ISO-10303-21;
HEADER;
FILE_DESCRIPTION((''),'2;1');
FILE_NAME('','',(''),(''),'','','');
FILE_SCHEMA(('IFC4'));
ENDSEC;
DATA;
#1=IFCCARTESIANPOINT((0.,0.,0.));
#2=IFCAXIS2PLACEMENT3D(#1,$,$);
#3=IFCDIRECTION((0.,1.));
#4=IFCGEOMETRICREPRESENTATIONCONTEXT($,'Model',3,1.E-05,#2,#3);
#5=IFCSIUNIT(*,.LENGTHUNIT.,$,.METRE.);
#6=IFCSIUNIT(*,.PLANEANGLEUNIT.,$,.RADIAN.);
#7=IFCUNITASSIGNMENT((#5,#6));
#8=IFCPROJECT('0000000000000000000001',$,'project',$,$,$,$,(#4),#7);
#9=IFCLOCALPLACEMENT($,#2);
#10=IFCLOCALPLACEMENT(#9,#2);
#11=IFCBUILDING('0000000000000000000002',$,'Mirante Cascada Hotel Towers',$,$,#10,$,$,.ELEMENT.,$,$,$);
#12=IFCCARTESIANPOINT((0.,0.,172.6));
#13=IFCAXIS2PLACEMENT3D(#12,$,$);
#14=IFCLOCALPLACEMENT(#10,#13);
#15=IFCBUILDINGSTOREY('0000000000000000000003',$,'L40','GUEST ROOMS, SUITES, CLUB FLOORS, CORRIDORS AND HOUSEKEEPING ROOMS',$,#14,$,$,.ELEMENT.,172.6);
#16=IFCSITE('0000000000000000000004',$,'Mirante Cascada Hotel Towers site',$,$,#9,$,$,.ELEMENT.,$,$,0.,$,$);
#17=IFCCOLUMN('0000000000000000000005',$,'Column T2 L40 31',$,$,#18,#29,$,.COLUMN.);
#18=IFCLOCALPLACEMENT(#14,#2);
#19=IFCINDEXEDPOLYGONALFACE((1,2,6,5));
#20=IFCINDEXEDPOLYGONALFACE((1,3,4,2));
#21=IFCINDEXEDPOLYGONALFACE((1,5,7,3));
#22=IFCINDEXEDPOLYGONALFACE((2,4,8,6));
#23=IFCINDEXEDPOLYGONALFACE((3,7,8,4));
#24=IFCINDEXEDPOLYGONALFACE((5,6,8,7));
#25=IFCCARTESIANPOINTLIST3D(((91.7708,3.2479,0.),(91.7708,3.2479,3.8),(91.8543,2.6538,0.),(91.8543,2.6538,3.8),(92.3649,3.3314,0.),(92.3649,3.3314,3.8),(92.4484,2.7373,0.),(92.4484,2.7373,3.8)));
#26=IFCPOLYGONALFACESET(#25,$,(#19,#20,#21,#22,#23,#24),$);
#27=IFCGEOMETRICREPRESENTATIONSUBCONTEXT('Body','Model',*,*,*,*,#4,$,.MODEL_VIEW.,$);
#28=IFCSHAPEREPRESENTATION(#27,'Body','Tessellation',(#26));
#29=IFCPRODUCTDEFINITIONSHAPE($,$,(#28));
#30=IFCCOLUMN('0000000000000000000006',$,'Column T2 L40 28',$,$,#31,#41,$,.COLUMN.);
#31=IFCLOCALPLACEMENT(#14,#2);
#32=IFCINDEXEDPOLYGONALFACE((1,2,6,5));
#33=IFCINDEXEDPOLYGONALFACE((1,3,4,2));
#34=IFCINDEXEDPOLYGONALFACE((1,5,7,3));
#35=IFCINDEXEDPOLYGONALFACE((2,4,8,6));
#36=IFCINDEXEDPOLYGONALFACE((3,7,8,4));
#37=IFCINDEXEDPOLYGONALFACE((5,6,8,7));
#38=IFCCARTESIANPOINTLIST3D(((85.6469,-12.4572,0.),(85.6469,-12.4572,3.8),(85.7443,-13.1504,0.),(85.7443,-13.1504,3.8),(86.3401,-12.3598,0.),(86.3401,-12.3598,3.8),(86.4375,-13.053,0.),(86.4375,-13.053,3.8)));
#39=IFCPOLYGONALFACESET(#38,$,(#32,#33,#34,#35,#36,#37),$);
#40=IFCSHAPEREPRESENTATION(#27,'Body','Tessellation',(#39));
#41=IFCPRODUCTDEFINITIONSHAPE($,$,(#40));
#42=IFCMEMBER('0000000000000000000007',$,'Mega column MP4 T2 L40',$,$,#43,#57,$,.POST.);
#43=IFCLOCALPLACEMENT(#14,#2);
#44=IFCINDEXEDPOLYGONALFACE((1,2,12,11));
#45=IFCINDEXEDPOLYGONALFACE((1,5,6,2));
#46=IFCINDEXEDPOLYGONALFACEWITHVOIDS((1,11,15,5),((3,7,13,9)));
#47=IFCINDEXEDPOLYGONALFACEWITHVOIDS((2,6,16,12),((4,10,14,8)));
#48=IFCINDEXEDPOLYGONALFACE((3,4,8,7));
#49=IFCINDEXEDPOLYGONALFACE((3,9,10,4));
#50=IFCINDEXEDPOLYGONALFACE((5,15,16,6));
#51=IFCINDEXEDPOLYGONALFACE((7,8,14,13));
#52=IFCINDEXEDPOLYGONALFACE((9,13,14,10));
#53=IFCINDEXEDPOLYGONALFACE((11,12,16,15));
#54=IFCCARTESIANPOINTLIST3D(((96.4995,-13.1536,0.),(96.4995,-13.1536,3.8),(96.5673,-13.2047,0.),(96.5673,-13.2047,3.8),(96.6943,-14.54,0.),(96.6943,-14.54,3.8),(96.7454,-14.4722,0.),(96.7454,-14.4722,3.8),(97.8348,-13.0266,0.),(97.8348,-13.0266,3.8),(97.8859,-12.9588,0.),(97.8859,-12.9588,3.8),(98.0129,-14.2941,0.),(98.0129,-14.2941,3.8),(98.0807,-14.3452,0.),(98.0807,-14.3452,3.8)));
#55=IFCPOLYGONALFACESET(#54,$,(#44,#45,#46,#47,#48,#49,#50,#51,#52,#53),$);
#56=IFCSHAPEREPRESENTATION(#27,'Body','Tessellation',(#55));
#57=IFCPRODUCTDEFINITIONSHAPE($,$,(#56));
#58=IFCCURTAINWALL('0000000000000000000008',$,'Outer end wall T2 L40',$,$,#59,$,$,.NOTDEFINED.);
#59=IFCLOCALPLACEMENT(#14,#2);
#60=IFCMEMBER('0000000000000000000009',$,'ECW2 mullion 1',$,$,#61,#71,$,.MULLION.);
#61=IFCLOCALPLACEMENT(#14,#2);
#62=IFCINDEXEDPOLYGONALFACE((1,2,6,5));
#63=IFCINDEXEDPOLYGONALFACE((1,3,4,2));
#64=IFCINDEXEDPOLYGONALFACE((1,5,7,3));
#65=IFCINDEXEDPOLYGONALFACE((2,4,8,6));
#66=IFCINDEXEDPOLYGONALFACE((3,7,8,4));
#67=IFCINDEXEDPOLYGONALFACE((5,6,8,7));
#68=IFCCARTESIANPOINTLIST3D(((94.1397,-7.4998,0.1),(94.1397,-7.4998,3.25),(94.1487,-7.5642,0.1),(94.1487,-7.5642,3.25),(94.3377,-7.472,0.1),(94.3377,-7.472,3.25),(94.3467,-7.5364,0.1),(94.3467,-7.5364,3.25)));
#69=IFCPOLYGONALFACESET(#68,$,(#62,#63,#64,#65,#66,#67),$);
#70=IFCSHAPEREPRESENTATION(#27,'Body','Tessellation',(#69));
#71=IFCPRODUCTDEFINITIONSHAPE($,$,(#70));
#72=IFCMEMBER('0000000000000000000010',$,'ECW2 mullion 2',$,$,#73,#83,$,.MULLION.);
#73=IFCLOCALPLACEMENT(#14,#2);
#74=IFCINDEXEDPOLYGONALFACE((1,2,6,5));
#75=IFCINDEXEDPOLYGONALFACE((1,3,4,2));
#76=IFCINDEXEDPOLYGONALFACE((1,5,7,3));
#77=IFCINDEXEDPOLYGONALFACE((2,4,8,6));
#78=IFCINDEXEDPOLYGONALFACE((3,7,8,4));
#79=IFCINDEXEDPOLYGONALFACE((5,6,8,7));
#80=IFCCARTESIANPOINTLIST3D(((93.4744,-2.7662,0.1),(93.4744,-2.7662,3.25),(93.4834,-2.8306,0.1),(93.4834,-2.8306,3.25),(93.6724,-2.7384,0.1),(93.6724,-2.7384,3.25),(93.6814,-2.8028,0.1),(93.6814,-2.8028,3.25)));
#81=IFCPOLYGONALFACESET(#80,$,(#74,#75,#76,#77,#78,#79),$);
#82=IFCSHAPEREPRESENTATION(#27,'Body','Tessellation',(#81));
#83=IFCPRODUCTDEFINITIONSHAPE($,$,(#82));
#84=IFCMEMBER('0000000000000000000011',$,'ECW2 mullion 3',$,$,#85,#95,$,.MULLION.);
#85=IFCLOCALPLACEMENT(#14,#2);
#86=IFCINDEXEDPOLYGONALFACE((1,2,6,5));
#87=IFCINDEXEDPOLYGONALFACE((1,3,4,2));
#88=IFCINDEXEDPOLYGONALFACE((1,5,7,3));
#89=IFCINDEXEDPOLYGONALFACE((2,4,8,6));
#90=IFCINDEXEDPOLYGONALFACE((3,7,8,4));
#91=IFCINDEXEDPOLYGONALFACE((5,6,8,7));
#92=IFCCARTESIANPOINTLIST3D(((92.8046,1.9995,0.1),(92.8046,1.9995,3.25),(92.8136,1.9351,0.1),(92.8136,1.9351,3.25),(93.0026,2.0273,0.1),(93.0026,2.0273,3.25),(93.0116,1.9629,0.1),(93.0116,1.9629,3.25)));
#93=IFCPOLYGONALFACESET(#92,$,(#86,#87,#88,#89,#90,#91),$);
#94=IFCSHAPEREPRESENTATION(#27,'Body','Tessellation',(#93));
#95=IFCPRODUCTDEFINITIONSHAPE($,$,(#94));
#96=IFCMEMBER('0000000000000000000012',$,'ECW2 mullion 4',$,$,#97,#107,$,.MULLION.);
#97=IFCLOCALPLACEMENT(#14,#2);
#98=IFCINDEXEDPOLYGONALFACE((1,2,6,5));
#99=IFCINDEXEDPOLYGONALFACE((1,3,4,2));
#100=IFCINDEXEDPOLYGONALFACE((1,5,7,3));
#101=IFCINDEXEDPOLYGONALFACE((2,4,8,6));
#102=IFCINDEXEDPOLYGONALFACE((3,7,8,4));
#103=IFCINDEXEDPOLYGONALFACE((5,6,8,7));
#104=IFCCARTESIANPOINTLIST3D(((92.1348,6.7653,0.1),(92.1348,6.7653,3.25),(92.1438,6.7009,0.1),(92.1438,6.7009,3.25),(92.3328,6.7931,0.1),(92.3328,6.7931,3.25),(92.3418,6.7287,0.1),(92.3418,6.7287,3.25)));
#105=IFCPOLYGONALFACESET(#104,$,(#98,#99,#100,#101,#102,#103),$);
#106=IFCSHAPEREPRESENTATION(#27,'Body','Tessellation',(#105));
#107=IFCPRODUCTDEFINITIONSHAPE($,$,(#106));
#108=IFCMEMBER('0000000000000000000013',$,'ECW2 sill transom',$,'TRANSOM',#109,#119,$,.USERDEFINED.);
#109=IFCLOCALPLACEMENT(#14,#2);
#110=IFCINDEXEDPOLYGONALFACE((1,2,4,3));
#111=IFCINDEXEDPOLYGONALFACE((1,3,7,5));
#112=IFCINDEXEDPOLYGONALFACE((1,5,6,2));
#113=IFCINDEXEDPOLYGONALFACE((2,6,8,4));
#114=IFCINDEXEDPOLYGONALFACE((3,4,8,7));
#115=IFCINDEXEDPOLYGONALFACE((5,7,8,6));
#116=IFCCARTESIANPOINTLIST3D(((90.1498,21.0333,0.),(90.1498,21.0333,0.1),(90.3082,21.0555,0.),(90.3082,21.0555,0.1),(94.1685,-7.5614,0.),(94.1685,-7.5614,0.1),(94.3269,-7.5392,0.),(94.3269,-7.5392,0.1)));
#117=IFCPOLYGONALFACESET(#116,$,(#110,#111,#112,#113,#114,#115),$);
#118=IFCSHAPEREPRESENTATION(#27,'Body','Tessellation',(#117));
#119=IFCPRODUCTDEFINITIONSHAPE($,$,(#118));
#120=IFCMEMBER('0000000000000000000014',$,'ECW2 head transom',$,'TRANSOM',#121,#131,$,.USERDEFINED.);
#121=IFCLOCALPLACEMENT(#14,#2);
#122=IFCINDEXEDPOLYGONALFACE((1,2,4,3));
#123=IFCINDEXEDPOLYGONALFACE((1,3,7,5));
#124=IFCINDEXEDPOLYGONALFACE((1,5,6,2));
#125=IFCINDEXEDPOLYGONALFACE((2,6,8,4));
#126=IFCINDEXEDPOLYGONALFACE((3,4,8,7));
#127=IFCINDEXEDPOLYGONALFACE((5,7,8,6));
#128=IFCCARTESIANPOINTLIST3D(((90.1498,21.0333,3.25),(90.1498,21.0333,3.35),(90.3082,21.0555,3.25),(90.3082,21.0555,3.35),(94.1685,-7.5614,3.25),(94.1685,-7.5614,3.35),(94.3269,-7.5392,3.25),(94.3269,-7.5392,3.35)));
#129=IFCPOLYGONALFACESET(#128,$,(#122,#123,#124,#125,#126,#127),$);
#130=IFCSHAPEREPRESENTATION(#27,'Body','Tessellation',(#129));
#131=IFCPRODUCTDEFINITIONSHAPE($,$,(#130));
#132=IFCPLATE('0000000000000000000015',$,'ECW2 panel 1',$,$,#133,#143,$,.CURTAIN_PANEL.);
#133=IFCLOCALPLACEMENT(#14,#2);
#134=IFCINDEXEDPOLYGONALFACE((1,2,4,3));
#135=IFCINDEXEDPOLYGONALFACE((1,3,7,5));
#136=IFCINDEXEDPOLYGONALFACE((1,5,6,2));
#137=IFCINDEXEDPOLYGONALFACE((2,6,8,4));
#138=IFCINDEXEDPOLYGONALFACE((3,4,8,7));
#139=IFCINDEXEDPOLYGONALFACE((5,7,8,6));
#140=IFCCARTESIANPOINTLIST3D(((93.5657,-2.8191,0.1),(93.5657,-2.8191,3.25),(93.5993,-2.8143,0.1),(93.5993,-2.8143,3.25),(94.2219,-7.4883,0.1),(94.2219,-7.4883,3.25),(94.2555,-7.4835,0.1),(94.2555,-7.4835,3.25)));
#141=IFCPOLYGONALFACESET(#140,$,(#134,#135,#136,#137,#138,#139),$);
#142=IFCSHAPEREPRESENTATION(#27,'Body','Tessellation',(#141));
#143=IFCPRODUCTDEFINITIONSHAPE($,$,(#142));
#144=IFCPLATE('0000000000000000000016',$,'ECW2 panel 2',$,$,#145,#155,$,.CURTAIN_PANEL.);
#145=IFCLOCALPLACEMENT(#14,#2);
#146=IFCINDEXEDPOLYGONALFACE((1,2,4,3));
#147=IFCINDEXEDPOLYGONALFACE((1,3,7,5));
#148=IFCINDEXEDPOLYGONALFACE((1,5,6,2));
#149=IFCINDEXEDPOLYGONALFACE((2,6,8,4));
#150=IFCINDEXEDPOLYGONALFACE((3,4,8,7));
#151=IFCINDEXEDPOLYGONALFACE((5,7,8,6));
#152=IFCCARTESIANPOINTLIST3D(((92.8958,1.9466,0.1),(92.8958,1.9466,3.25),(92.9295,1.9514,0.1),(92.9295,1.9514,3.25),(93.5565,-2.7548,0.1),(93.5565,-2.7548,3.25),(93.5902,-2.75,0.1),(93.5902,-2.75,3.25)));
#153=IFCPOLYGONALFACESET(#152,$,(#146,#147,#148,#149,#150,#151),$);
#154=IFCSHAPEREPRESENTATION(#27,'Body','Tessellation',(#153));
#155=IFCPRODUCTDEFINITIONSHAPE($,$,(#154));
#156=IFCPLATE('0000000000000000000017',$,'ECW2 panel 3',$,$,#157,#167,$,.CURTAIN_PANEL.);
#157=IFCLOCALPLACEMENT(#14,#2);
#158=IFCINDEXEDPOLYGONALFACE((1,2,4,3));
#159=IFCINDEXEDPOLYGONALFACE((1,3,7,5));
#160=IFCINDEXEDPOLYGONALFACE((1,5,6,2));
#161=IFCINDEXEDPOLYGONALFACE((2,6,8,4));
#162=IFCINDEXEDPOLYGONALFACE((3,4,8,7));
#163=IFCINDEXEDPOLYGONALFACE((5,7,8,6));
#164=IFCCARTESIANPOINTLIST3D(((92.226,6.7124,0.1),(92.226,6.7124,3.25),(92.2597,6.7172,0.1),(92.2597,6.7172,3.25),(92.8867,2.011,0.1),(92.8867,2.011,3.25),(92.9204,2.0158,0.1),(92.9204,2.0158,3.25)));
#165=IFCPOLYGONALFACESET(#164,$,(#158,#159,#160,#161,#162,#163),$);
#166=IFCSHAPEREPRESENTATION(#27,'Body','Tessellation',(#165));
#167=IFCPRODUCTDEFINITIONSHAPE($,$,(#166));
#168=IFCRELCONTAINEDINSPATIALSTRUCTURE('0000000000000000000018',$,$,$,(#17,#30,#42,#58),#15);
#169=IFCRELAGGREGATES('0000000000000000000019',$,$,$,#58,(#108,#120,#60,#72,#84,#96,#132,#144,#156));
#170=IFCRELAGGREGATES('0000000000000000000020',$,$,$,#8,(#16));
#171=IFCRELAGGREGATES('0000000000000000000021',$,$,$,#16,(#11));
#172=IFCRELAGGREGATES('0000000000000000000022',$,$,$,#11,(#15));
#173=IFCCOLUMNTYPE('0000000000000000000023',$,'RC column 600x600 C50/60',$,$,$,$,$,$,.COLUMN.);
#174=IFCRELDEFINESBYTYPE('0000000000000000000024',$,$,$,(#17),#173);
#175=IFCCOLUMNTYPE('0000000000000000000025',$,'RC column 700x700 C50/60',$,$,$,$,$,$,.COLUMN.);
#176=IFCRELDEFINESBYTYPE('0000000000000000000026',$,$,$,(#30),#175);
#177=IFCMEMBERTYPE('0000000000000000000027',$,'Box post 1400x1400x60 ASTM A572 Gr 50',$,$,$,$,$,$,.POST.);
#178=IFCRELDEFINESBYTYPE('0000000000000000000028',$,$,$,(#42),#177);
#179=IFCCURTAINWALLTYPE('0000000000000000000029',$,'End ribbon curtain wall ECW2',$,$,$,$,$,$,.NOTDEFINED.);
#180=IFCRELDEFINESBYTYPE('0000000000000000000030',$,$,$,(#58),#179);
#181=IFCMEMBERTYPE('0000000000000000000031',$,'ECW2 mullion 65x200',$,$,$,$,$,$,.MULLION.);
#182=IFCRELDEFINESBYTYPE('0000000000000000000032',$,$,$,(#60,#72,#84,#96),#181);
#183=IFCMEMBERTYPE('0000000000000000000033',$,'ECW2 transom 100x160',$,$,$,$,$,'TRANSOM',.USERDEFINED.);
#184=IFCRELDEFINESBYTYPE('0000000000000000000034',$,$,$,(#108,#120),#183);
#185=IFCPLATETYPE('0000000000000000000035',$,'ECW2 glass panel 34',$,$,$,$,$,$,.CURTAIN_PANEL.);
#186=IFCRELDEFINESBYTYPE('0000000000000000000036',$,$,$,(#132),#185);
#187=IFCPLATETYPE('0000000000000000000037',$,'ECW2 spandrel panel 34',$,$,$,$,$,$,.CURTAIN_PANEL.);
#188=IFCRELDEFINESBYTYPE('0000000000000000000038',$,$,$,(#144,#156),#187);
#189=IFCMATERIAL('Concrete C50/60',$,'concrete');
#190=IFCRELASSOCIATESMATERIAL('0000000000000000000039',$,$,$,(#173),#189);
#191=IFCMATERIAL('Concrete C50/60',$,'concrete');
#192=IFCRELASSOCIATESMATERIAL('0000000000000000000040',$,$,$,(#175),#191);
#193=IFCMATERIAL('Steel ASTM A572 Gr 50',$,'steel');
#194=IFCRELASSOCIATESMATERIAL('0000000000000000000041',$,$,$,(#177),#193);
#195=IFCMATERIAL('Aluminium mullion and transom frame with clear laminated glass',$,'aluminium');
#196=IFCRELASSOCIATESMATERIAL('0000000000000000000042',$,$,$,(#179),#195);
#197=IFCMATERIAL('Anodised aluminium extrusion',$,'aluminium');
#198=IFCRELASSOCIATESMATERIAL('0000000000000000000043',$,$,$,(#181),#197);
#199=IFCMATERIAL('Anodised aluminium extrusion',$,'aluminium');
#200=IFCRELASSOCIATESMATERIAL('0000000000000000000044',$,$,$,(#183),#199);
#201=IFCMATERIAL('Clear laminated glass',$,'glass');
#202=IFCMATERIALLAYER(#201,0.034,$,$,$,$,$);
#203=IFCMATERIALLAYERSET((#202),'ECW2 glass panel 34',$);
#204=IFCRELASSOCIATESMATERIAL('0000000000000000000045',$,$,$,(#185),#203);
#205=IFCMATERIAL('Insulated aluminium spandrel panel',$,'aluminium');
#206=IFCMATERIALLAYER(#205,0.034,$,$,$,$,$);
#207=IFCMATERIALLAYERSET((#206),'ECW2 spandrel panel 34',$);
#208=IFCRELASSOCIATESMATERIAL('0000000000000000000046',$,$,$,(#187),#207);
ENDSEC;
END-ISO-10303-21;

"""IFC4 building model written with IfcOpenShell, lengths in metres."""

from ifc_helpers import new_model, si_unit, direction, frame, origin, origin_2d, place, context, subcontext, project, spatial, rectangle, hollow_rectangle, extrude, material, layer, layer_set, material_profile, profile_set, type_object, element, aggregate, save


model = new_model("IFC4")

# Units and contexts
model_context = context("Model", 3, precision=1e-05, world=origin(), true_north=direction((0.0, 1.0)))
body_context = subcontext(model_context, "Body", "Model", "MODEL_VIEW")
ifc_project = project(units=[si_unit("LENGTHUNIT", "METRE"), si_unit("PLANEANGLEUNIT", "RADIAN")], contexts=[model_context])

# Site, building, storey
site_placement = place(None, origin())
site = spatial("IfcSite", under=ifc_project, at=site_placement, Name="Mirante Cascada Hotel Towers site", CompositionType="ELEMENT", RefElevation=0.0)
building_placement = place(site_placement, origin())
building = spatial("IfcBuilding", under=site, at=building_placement, Name="Mirante Cascada Hotel Towers", CompositionType="ELEMENT")
storey_placement = place(building_placement, frame((0.0, 0.0, 172.6)))
storey = spatial("IfcBuildingStorey", under=building, at=storey_placement, Name="L40", Description="GUEST ROOMS, SUITES, CLUB FLOORS, CORRIDORS AND HOUSEKEEPING ROOMS", CompositionType="ELEMENT", Elevation=172.6)

# Columns
ifc_material_1 = material(Name="Concrete C50/60", Category="concrete")
ifc_material_profile_1 = material_profile(ifc_material_1, rectangle(XDim=0.6, YDim=0.6, at=origin_2d()), Name="RC column 600x600 C50/60")
ifc_profile_set_1 = profile_set([ifc_material_profile_1], Name="Concrete C50/60")
column_type_1 = type_object("IfcColumnType", Name="RC column 600x600 C50/60", PredefinedType="COLUMN", material=ifc_profile_set_1)
column_1_placement = place(storey_placement, frame((92.1096, 2.9926, 0.0), z_axis=(0.0, 0.0, 1.0), x_axis=(0.990268, 0.139173, 0.0)))
element("IfcColumn", 1, at=column_1_placement, inside=storey, type_object=column_type_1, Name="Column T2 L40 31", PredefinedType="COLUMN", context=body_context, shape_type="SweptSolid", body=[
    extrude(rectangle(XDim=0.6, YDim=0.6, at=origin_2d()), origin(), (0.0, 0.0, 1.0), 3.8),
])
ifc_material_2 = material(Name="Concrete C50/60", Category="concrete")
ifc_material_profile_2 = material_profile(ifc_material_2, rectangle(XDim=0.7, YDim=0.7, at=origin_2d()), Name="RC column 700x700 C50/60")
ifc_profile_set_2 = profile_set([ifc_material_profile_2], Name="Concrete C50/60")
column_type_2 = type_object("IfcColumnType", Name="RC column 700x700 C50/60", PredefinedType="COLUMN", material=ifc_profile_set_2)
column_2_placement = place(storey_placement, frame((86.0422, -12.7551, 0.0), z_axis=(0.0, 0.0, 1.0), x_axis=(0.990268, 0.139173, 0.0)))
element("IfcColumn", 2, at=column_2_placement, inside=storey, type_object=column_type_2, Name="Column T2 L40 28", PredefinedType="COLUMN", context=body_context, shape_type="SweptSolid", body=[
    extrude(rectangle(XDim=0.7, YDim=0.7, at=origin_2d()), origin(), (0.0, 0.0, 1.0), 3.8),
])

# Member
ifc_material_3 = material(Name="Steel ASTM A572 Gr 50", Category="steel")
ifc_material_profile_3 = material_profile(ifc_material_3, hollow_rectangle(XDim=1.4, YDim=1.4, WallThickness=0.06, at=origin_2d()), Name="Box post 1400x1400x60 ASTM A572 Gr 50")
ifc_profile_set_3 = profile_set([ifc_material_profile_3], Name="Steel ASTM A572 Gr 50")
member_type_1 = type_object("IfcMemberType", Name="Box post 1400x1400x60 ASTM A572 Gr 50", PredefinedType="POST", material=ifc_profile_set_3)
member_1_placement = place(storey_placement, frame((97.2901, -13.7494, 0.0), z_axis=(0.0, 0.0, 1.0), x_axis=(0.990268, 0.139173, 0.0)))
element("IfcMember", 3, at=member_1_placement, inside=storey, type_object=member_type_1, Name="Mega column MP4 T2 L40", PredefinedType="POST", context=body_context, shape_type="SweptSolid", body=[
    extrude(hollow_rectangle(XDim=1.4, YDim=1.4, WallThickness=0.06, at=origin_2d()), origin(), (0.0, 0.0, 1.0), 3.8),
])

# Curtain wall, members, plates
ifc_material_4 = material(Name="Aluminium mullion and transom frame with clear laminated glass", Category="aluminium")
curtain_wall_type = type_object("IfcCurtainWallType", Name="End ribbon curtain wall ECW2", PredefinedType="NOTDEFINED", material=ifc_material_4)
curtain_wall_placement = place(storey_placement, origin())
curtain_wall = element("IfcCurtainWall", 4, at=curtain_wall_placement, inside=storey, type_object=curtain_wall_type, Name="Outer end wall T2 L40", PredefinedType="NOTDEFINED")
ifc_material_5 = material(Name="Anodised aluminium extrusion", Category="aluminium")
ifc_material_profile_4 = material_profile(ifc_material_5, rectangle(XDim=0.2, YDim=0.065, at=origin_2d()), Name="ECW2 MULLION 65x200")
ifc_profile_set_4 = profile_set([ifc_material_profile_4], Name="Anodised aluminium extrusion")
member_type_2 = type_object("IfcMemberType", Name="ECW2 mullion 65x200", PredefinedType="MULLION", material=ifc_profile_set_4)
member_2_placement = place(storey_placement, frame((94.2432, -7.5181, 0.1), z_axis=(0.0, 0.0, 1.0), x_axis=(-0.990268, -0.139173, 0.0)))
member_2 = element("IfcMember", 5, at=member_2_placement, type_object=member_type_2, Name="ECW2 mullion 1", PredefinedType="MULLION", context=body_context, shape_type="SweptSolid", body=[
    extrude(rectangle(XDim=0.2, YDim=0.065, at=origin_2d()), origin(), (0.0, 0.0, 1.0), 3.15),
])
member_3_placement = place(storey_placement, frame((93.5779, -2.7845, 0.1), z_axis=(0.0, 0.0, 1.0), x_axis=(-0.990268, -0.139173, 0.0)))
member_3 = element("IfcMember", 6, at=member_3_placement, type_object=member_type_2, Name="ECW2 mullion 2", PredefinedType="MULLION", context=body_context, shape_type="SweptSolid", body=[
    extrude(rectangle(XDim=0.2, YDim=0.065, at=origin_2d()), origin(), (0.0, 0.0, 1.0), 3.15),
])
member_4_placement = place(storey_placement, frame((92.9081, 1.9812, 0.1), z_axis=(0.0, 0.0, 1.0), x_axis=(-0.990268, -0.139173, 0.0)))
member_4 = element("IfcMember", 7, at=member_4_placement, type_object=member_type_2, Name="ECW2 mullion 3", PredefinedType="MULLION", context=body_context, shape_type="SweptSolid", body=[
    extrude(rectangle(XDim=0.2, YDim=0.065, at=origin_2d()), origin(), (0.0, 0.0, 1.0), 3.15),
])
member_5_placement = place(storey_placement, frame((92.2383, 6.747, 0.1), z_axis=(0.0, 0.0, 1.0), x_axis=(-0.990268, -0.139173, 0.0)))
member_5 = element("IfcMember", 8, at=member_5_placement, type_object=member_type_2, Name="ECW2 mullion 4", PredefinedType="MULLION", context=body_context, shape_type="SweptSolid", body=[
    extrude(rectangle(XDim=0.2, YDim=0.065, at=origin_2d()), origin(), (0.0, 0.0, 1.0), 3.15),
])
ifc_material_6 = material(Name="Anodised aluminium extrusion", Category="aluminium")
ifc_material_profile_5 = material_profile(ifc_material_6, rectangle(XDim=0.16, YDim=0.1, at=origin_2d()), Name="ECW2 TRANSOM 100x160")
ifc_profile_set_5 = profile_set([ifc_material_profile_5], Name="Anodised aluminium extrusion")
member_type_3 = type_object("IfcMemberType", Name="ECW2 transom 100x160", ElementType="TRANSOM", PredefinedType="USERDEFINED", material=ifc_profile_set_5)
member_6_placement = place(storey_placement, frame((94.2477, -7.5503, 0.05), z_axis=(-0.139172, 0.990268, 0.0), x_axis=(-0.990268, -0.139172, 0.0)))
member_6 = element("IfcMember", 9, at=member_6_placement, type_object=member_type_3, Name="ECW2 sill transom", ObjectType="TRANSOM", PredefinedType="USERDEFINED", context=body_context, shape_type="SweptSolid", body=[
    extrude(rectangle(XDim=0.16, YDim=0.1, at=origin_2d()), origin(), (0.0, 0.0, 1.0), 28.8757),
])
member_7_placement = place(storey_placement, frame((94.2477, -7.5503, 3.3), z_axis=(-0.139172, 0.990268, 0.0), x_axis=(-0.990268, -0.139172, 0.0)))
member_7 = element("IfcMember", 10, at=member_7_placement, type_object=member_type_3, Name="ECW2 head transom", ObjectType="TRANSOM", PredefinedType="USERDEFINED", context=body_context, shape_type="SweptSolid", body=[
    extrude(rectangle(XDim=0.16, YDim=0.1, at=origin_2d()), origin(), (0.0, 0.0, 1.0), 28.8757),
])
ifc_material_7 = material(Name="Clear laminated glass", Category="glass")
ifc_layer_1 = layer(ifc_material_7, 0.034)
ifc_layer_set_1 = layer_set([ifc_layer_1], Name="ECW2 glass panel 34")
plate_type_1 = type_object("IfcPlateType", Name="ECW2 glass panel 34", PredefinedType="CURTAIN_PANEL", material=ifc_layer_set_1)
plate_1_placement = place(storey_placement, frame((93.9106, -5.1513, 0.1), z_axis=(0.0, 0.0, 1.0), x_axis=(-0.139173, 0.990268, 0.0)))
plate_1 = element("IfcPlate", 11, at=plate_1_placement, type_object=plate_type_1, Name="ECW2 panel 1", PredefinedType="CURTAIN_PANEL", context=body_context, shape_type="SweptSolid", body=[
    extrude(rectangle(XDim=4.7151, YDim=0.034, at=origin_2d()), origin(), (0.0, 0.0, 1.0), 3.15),
])
ifc_material_8 = material(Name="Insulated aluminium spandrel panel", Category="aluminium")
ifc_layer_2 = layer(ifc_material_8, 0.034)
ifc_layer_set_2 = layer_set([ifc_layer_2], Name="ECW2 spandrel panel 34")
plate_type_2 = type_object("IfcPlateType", Name="ECW2 spandrel panel 34", PredefinedType="CURTAIN_PANEL", material=ifc_layer_set_2)
plate_2_placement = place(storey_placement, frame((93.243, -0.4017, 0.1), z_axis=(0.0, 0.0, 1.0), x_axis=(-0.139173, 0.990268, 0.0)))
plate_2 = element("IfcPlate", 12, at=plate_2_placement, type_object=plate_type_2, Name="ECW2 panel 2", PredefinedType="CURTAIN_PANEL", context=body_context, shape_type="SweptSolid", body=[
    extrude(rectangle(XDim=4.7476, YDim=0.034, at=origin_2d()), origin(), (0.0, 0.0, 1.0), 3.15),
])
plate_3_placement = place(storey_placement, frame((92.5732, 4.3641, 0.1), z_axis=(0.0, 0.0, 1.0), x_axis=(-0.139173, 0.990268, 0.0)))
plate_3 = element("IfcPlate", 13, at=plate_3_placement, type_object=plate_type_2, Name="ECW2 panel 3", PredefinedType="CURTAIN_PANEL", context=body_context, shape_type="SweptSolid", body=[
    extrude(rectangle(XDim=4.7476, YDim=0.034, at=origin_2d()), origin(), (0.0, 0.0, 1.0), 3.15),
])
aggregate(curtain_wall, [member_6, member_7, member_2, member_3, member_4, member_5, plate_1, plate_2, plate_3])

save(model, "model.ifc")
